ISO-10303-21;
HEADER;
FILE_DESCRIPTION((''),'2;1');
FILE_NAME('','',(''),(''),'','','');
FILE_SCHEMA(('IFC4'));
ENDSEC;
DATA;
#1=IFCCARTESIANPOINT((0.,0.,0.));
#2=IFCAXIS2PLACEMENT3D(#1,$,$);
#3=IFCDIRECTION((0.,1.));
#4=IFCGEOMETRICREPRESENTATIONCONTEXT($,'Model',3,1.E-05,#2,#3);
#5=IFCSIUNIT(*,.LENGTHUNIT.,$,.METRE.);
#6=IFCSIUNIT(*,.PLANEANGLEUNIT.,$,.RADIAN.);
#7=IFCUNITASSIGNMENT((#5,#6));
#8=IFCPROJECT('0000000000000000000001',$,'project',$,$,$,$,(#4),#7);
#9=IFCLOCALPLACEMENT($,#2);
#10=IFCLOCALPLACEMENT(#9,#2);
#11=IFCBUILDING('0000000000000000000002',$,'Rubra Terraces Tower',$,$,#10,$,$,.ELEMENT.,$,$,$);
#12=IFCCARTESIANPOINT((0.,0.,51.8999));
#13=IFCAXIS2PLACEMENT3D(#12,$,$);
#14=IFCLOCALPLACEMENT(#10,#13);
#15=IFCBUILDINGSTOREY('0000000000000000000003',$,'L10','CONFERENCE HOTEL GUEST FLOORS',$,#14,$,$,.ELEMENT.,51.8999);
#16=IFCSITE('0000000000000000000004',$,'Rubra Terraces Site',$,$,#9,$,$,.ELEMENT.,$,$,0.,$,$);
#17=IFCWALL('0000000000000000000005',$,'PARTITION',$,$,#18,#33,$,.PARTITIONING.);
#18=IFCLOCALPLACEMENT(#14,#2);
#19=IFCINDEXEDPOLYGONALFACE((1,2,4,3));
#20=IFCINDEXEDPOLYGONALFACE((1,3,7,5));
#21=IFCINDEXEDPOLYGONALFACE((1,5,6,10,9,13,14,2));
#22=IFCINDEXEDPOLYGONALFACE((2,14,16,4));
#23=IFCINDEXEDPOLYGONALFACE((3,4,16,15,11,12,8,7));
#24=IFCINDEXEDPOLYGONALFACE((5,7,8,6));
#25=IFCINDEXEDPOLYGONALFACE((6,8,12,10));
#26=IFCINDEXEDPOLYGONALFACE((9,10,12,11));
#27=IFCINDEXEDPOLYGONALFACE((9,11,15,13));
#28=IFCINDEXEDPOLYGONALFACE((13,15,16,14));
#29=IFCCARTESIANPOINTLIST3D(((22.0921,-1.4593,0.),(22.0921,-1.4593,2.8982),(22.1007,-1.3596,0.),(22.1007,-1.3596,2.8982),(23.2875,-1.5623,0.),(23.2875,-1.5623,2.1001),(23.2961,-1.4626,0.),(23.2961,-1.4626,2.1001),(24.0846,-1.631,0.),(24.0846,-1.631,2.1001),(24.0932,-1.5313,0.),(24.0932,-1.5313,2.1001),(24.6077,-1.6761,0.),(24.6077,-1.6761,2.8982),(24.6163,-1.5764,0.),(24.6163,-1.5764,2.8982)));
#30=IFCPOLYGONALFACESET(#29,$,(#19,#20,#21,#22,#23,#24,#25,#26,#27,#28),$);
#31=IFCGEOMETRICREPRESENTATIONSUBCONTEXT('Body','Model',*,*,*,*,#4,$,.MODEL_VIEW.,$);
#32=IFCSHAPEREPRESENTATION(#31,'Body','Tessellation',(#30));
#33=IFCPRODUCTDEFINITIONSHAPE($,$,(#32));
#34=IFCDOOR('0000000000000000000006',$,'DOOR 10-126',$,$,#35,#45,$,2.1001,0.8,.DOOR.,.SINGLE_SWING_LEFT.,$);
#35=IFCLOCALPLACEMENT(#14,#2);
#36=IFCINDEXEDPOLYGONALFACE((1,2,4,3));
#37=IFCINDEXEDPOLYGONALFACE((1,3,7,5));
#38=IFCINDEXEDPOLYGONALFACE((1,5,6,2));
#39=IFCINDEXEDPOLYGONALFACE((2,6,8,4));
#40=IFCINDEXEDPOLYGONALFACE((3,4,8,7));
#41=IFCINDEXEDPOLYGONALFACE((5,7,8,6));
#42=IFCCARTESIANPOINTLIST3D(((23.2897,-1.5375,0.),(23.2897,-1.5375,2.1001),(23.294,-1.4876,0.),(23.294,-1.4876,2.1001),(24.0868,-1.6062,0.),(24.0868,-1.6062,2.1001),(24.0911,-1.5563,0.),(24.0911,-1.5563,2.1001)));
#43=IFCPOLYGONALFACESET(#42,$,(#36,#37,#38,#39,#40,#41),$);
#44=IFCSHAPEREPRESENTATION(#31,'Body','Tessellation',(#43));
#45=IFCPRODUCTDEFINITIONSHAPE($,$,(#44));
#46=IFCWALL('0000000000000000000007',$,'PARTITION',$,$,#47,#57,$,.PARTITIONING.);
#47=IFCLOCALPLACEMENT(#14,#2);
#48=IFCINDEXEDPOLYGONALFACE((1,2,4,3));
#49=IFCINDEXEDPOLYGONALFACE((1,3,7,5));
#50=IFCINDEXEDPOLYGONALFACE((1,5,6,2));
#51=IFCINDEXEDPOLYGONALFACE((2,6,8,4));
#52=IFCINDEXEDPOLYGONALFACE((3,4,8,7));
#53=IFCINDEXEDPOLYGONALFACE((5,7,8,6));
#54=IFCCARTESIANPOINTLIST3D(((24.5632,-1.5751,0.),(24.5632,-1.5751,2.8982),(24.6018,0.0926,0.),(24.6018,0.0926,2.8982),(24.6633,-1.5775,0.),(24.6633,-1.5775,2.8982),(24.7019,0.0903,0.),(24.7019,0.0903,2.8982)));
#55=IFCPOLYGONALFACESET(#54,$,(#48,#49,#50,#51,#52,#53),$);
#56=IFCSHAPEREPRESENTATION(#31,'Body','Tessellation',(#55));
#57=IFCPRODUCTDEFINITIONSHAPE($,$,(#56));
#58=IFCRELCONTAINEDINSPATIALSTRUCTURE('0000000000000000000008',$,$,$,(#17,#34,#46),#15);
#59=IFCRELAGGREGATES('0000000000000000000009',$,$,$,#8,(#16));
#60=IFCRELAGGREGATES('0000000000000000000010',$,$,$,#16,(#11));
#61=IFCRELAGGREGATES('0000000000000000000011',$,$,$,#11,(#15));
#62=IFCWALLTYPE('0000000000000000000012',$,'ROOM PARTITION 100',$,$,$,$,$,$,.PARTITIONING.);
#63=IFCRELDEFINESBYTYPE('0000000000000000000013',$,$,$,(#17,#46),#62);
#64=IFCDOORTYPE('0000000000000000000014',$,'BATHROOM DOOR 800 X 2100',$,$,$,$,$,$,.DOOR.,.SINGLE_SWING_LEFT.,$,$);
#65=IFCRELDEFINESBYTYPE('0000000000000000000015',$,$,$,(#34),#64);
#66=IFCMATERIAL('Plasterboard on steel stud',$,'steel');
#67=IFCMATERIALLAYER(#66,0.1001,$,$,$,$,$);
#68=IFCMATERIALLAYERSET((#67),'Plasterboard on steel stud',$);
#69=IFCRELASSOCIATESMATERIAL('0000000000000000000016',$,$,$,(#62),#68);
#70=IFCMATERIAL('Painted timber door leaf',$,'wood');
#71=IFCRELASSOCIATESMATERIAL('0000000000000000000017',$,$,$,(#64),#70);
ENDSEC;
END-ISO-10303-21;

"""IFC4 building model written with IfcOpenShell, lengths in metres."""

from ifc_helpers import new_model, si_unit, direction, frame, frame_2d, origin, place, context, subcontext, project, spatial, rectangle, extrude, material, layer, layer_set, type_object, element, fill, save


model = new_model("IFC4")

# Units and contexts
model_context = context("Model", 3, precision=1e-05, world=origin(), true_north=direction((0.0, 1.0)))
body_context = subcontext(model_context, "Body", "Model", "MODEL_VIEW")
ifc_project = project(units=[si_unit("LENGTHUNIT", "METRE"), si_unit("PLANEANGLEUNIT", "RADIAN")], contexts=[model_context])

# Site, building, storey
site_placement = place(None, origin())
site = spatial("IfcSite", under=ifc_project, at=site_placement, Name="Rubra Terraces Site", CompositionType="ELEMENT", RefElevation=0.0)
building_placement = place(site_placement, origin())
building = spatial("IfcBuilding", under=site, at=building_placement, Name="Rubra Terraces Tower", CompositionType="ELEMENT")
storey_placement = place(building_placement, frame((0.0, 0.0, 51.8999)))
storey = spatial("IfcBuildingStorey", under=building, at=storey_placement, Name="L10", Description="CONFERENCE HOTEL GUEST FLOORS", CompositionType="ELEMENT", Elevation=51.8999)

# Wall, opening, door
ifc_material_1 = material(Name="Plasterboard on steel stud", Category="steel")
ifc_layer_1 = layer(ifc_material_1, 0.1001)
ifc_layer_set_1 = layer_set([ifc_layer_1], Name="Plasterboard on steel stud")
wall_type_1 = type_object("IfcWallType", Name="ROOM PARTITION 100", PredefinedType="PARTITIONING", material=ifc_layer_set_1)
wall_1_placement = place(storey_placement, frame((22.0964, -1.4094, 0.0), z_axis=(0.0, 0.0, 1.0), x_axis=(0.996307, -0.085862, 0.0)))
wall_1 = element("IfcWall", 1, at=wall_1_placement, inside=storey, type_object=wall_type_1, Name="PARTITION", PredefinedType="PARTITIONING", context=body_context, shape_type="SweptSolid", body=[
    extrude(rectangle(XDim=2.5249, YDim=0.1001, at=frame_2d((1.2625, 0.0))), origin(), (0.0, 0.0, 1.0), 2.8982),
])
opening_1_placement = place(wall_1_placement, frame((1.2, 0.0, 0.0)))
opening_1 = element("IfcOpeningElement", 2, at=opening_1_placement, cuts=wall_1, PredefinedType="OPENING", context=body_context, shape_type="SweptSolid", body=[
    extrude(rectangle(XDim=0.8, YDim=2.1001, at=frame_2d((0.3999, 1.05))), frame((0.0, 0.0601, 0.0), z_axis=(0.0, -1.0, 0.0), x_axis=(1.0, 0.0, 0.0)), (0.0, 0.0, 1.0), 0.1201),
])
ifc_material_2 = material(Name="Painted timber door leaf", Category="wood")
door_type_1 = type_object("IfcDoorType", Name="BATHROOM DOOR 800 X 2100", OperationType="SINGLE_SWING_LEFT", PredefinedType="DOOR", material=ifc_material_2)
door_1_placement = place(opening_1_placement, origin())
door_1 = element("IfcDoor", 3, at=door_1_placement, inside=storey, type_object=door_type_1, Name="DOOR 10-126", OperationType="SINGLE_SWING_LEFT", OverallHeight=2.1001, OverallWidth=0.8, PredefinedType="DOOR", context=body_context, shape_type="SweptSolid", body=[
    extrude(rectangle(XDim=0.8, YDim=2.1001, at=frame_2d((0.3999, 1.05))), frame((0.0, 0.0249, 0.0), z_axis=(0.0, -1.0, 0.0), x_axis=(1.0, 0.0, 0.0)), (0.0, 0.0, 1.0), 0.05),
])
fill(opening_1, door_1)

# Wall
wall_2_placement = place(storey_placement, frame((24.6133, -1.5762, 0.0), z_axis=(0.0, 0.0, 1.0), x_axis=(0.023124, 0.999733, 0.0)))
element("IfcWall", 4, at=wall_2_placement, inside=storey, type_object=wall_type_1, Name="PARTITION", PredefinedType="PARTITIONING", context=body_context, shape_type="SweptSolid", body=[
    extrude(rectangle(XDim=1.6682, YDim=0.1001, at=frame_2d((0.834, 0.0))), origin(), (0.0, 0.0, 1.0), 2.8982),
])

save(model, "model.ifc")
